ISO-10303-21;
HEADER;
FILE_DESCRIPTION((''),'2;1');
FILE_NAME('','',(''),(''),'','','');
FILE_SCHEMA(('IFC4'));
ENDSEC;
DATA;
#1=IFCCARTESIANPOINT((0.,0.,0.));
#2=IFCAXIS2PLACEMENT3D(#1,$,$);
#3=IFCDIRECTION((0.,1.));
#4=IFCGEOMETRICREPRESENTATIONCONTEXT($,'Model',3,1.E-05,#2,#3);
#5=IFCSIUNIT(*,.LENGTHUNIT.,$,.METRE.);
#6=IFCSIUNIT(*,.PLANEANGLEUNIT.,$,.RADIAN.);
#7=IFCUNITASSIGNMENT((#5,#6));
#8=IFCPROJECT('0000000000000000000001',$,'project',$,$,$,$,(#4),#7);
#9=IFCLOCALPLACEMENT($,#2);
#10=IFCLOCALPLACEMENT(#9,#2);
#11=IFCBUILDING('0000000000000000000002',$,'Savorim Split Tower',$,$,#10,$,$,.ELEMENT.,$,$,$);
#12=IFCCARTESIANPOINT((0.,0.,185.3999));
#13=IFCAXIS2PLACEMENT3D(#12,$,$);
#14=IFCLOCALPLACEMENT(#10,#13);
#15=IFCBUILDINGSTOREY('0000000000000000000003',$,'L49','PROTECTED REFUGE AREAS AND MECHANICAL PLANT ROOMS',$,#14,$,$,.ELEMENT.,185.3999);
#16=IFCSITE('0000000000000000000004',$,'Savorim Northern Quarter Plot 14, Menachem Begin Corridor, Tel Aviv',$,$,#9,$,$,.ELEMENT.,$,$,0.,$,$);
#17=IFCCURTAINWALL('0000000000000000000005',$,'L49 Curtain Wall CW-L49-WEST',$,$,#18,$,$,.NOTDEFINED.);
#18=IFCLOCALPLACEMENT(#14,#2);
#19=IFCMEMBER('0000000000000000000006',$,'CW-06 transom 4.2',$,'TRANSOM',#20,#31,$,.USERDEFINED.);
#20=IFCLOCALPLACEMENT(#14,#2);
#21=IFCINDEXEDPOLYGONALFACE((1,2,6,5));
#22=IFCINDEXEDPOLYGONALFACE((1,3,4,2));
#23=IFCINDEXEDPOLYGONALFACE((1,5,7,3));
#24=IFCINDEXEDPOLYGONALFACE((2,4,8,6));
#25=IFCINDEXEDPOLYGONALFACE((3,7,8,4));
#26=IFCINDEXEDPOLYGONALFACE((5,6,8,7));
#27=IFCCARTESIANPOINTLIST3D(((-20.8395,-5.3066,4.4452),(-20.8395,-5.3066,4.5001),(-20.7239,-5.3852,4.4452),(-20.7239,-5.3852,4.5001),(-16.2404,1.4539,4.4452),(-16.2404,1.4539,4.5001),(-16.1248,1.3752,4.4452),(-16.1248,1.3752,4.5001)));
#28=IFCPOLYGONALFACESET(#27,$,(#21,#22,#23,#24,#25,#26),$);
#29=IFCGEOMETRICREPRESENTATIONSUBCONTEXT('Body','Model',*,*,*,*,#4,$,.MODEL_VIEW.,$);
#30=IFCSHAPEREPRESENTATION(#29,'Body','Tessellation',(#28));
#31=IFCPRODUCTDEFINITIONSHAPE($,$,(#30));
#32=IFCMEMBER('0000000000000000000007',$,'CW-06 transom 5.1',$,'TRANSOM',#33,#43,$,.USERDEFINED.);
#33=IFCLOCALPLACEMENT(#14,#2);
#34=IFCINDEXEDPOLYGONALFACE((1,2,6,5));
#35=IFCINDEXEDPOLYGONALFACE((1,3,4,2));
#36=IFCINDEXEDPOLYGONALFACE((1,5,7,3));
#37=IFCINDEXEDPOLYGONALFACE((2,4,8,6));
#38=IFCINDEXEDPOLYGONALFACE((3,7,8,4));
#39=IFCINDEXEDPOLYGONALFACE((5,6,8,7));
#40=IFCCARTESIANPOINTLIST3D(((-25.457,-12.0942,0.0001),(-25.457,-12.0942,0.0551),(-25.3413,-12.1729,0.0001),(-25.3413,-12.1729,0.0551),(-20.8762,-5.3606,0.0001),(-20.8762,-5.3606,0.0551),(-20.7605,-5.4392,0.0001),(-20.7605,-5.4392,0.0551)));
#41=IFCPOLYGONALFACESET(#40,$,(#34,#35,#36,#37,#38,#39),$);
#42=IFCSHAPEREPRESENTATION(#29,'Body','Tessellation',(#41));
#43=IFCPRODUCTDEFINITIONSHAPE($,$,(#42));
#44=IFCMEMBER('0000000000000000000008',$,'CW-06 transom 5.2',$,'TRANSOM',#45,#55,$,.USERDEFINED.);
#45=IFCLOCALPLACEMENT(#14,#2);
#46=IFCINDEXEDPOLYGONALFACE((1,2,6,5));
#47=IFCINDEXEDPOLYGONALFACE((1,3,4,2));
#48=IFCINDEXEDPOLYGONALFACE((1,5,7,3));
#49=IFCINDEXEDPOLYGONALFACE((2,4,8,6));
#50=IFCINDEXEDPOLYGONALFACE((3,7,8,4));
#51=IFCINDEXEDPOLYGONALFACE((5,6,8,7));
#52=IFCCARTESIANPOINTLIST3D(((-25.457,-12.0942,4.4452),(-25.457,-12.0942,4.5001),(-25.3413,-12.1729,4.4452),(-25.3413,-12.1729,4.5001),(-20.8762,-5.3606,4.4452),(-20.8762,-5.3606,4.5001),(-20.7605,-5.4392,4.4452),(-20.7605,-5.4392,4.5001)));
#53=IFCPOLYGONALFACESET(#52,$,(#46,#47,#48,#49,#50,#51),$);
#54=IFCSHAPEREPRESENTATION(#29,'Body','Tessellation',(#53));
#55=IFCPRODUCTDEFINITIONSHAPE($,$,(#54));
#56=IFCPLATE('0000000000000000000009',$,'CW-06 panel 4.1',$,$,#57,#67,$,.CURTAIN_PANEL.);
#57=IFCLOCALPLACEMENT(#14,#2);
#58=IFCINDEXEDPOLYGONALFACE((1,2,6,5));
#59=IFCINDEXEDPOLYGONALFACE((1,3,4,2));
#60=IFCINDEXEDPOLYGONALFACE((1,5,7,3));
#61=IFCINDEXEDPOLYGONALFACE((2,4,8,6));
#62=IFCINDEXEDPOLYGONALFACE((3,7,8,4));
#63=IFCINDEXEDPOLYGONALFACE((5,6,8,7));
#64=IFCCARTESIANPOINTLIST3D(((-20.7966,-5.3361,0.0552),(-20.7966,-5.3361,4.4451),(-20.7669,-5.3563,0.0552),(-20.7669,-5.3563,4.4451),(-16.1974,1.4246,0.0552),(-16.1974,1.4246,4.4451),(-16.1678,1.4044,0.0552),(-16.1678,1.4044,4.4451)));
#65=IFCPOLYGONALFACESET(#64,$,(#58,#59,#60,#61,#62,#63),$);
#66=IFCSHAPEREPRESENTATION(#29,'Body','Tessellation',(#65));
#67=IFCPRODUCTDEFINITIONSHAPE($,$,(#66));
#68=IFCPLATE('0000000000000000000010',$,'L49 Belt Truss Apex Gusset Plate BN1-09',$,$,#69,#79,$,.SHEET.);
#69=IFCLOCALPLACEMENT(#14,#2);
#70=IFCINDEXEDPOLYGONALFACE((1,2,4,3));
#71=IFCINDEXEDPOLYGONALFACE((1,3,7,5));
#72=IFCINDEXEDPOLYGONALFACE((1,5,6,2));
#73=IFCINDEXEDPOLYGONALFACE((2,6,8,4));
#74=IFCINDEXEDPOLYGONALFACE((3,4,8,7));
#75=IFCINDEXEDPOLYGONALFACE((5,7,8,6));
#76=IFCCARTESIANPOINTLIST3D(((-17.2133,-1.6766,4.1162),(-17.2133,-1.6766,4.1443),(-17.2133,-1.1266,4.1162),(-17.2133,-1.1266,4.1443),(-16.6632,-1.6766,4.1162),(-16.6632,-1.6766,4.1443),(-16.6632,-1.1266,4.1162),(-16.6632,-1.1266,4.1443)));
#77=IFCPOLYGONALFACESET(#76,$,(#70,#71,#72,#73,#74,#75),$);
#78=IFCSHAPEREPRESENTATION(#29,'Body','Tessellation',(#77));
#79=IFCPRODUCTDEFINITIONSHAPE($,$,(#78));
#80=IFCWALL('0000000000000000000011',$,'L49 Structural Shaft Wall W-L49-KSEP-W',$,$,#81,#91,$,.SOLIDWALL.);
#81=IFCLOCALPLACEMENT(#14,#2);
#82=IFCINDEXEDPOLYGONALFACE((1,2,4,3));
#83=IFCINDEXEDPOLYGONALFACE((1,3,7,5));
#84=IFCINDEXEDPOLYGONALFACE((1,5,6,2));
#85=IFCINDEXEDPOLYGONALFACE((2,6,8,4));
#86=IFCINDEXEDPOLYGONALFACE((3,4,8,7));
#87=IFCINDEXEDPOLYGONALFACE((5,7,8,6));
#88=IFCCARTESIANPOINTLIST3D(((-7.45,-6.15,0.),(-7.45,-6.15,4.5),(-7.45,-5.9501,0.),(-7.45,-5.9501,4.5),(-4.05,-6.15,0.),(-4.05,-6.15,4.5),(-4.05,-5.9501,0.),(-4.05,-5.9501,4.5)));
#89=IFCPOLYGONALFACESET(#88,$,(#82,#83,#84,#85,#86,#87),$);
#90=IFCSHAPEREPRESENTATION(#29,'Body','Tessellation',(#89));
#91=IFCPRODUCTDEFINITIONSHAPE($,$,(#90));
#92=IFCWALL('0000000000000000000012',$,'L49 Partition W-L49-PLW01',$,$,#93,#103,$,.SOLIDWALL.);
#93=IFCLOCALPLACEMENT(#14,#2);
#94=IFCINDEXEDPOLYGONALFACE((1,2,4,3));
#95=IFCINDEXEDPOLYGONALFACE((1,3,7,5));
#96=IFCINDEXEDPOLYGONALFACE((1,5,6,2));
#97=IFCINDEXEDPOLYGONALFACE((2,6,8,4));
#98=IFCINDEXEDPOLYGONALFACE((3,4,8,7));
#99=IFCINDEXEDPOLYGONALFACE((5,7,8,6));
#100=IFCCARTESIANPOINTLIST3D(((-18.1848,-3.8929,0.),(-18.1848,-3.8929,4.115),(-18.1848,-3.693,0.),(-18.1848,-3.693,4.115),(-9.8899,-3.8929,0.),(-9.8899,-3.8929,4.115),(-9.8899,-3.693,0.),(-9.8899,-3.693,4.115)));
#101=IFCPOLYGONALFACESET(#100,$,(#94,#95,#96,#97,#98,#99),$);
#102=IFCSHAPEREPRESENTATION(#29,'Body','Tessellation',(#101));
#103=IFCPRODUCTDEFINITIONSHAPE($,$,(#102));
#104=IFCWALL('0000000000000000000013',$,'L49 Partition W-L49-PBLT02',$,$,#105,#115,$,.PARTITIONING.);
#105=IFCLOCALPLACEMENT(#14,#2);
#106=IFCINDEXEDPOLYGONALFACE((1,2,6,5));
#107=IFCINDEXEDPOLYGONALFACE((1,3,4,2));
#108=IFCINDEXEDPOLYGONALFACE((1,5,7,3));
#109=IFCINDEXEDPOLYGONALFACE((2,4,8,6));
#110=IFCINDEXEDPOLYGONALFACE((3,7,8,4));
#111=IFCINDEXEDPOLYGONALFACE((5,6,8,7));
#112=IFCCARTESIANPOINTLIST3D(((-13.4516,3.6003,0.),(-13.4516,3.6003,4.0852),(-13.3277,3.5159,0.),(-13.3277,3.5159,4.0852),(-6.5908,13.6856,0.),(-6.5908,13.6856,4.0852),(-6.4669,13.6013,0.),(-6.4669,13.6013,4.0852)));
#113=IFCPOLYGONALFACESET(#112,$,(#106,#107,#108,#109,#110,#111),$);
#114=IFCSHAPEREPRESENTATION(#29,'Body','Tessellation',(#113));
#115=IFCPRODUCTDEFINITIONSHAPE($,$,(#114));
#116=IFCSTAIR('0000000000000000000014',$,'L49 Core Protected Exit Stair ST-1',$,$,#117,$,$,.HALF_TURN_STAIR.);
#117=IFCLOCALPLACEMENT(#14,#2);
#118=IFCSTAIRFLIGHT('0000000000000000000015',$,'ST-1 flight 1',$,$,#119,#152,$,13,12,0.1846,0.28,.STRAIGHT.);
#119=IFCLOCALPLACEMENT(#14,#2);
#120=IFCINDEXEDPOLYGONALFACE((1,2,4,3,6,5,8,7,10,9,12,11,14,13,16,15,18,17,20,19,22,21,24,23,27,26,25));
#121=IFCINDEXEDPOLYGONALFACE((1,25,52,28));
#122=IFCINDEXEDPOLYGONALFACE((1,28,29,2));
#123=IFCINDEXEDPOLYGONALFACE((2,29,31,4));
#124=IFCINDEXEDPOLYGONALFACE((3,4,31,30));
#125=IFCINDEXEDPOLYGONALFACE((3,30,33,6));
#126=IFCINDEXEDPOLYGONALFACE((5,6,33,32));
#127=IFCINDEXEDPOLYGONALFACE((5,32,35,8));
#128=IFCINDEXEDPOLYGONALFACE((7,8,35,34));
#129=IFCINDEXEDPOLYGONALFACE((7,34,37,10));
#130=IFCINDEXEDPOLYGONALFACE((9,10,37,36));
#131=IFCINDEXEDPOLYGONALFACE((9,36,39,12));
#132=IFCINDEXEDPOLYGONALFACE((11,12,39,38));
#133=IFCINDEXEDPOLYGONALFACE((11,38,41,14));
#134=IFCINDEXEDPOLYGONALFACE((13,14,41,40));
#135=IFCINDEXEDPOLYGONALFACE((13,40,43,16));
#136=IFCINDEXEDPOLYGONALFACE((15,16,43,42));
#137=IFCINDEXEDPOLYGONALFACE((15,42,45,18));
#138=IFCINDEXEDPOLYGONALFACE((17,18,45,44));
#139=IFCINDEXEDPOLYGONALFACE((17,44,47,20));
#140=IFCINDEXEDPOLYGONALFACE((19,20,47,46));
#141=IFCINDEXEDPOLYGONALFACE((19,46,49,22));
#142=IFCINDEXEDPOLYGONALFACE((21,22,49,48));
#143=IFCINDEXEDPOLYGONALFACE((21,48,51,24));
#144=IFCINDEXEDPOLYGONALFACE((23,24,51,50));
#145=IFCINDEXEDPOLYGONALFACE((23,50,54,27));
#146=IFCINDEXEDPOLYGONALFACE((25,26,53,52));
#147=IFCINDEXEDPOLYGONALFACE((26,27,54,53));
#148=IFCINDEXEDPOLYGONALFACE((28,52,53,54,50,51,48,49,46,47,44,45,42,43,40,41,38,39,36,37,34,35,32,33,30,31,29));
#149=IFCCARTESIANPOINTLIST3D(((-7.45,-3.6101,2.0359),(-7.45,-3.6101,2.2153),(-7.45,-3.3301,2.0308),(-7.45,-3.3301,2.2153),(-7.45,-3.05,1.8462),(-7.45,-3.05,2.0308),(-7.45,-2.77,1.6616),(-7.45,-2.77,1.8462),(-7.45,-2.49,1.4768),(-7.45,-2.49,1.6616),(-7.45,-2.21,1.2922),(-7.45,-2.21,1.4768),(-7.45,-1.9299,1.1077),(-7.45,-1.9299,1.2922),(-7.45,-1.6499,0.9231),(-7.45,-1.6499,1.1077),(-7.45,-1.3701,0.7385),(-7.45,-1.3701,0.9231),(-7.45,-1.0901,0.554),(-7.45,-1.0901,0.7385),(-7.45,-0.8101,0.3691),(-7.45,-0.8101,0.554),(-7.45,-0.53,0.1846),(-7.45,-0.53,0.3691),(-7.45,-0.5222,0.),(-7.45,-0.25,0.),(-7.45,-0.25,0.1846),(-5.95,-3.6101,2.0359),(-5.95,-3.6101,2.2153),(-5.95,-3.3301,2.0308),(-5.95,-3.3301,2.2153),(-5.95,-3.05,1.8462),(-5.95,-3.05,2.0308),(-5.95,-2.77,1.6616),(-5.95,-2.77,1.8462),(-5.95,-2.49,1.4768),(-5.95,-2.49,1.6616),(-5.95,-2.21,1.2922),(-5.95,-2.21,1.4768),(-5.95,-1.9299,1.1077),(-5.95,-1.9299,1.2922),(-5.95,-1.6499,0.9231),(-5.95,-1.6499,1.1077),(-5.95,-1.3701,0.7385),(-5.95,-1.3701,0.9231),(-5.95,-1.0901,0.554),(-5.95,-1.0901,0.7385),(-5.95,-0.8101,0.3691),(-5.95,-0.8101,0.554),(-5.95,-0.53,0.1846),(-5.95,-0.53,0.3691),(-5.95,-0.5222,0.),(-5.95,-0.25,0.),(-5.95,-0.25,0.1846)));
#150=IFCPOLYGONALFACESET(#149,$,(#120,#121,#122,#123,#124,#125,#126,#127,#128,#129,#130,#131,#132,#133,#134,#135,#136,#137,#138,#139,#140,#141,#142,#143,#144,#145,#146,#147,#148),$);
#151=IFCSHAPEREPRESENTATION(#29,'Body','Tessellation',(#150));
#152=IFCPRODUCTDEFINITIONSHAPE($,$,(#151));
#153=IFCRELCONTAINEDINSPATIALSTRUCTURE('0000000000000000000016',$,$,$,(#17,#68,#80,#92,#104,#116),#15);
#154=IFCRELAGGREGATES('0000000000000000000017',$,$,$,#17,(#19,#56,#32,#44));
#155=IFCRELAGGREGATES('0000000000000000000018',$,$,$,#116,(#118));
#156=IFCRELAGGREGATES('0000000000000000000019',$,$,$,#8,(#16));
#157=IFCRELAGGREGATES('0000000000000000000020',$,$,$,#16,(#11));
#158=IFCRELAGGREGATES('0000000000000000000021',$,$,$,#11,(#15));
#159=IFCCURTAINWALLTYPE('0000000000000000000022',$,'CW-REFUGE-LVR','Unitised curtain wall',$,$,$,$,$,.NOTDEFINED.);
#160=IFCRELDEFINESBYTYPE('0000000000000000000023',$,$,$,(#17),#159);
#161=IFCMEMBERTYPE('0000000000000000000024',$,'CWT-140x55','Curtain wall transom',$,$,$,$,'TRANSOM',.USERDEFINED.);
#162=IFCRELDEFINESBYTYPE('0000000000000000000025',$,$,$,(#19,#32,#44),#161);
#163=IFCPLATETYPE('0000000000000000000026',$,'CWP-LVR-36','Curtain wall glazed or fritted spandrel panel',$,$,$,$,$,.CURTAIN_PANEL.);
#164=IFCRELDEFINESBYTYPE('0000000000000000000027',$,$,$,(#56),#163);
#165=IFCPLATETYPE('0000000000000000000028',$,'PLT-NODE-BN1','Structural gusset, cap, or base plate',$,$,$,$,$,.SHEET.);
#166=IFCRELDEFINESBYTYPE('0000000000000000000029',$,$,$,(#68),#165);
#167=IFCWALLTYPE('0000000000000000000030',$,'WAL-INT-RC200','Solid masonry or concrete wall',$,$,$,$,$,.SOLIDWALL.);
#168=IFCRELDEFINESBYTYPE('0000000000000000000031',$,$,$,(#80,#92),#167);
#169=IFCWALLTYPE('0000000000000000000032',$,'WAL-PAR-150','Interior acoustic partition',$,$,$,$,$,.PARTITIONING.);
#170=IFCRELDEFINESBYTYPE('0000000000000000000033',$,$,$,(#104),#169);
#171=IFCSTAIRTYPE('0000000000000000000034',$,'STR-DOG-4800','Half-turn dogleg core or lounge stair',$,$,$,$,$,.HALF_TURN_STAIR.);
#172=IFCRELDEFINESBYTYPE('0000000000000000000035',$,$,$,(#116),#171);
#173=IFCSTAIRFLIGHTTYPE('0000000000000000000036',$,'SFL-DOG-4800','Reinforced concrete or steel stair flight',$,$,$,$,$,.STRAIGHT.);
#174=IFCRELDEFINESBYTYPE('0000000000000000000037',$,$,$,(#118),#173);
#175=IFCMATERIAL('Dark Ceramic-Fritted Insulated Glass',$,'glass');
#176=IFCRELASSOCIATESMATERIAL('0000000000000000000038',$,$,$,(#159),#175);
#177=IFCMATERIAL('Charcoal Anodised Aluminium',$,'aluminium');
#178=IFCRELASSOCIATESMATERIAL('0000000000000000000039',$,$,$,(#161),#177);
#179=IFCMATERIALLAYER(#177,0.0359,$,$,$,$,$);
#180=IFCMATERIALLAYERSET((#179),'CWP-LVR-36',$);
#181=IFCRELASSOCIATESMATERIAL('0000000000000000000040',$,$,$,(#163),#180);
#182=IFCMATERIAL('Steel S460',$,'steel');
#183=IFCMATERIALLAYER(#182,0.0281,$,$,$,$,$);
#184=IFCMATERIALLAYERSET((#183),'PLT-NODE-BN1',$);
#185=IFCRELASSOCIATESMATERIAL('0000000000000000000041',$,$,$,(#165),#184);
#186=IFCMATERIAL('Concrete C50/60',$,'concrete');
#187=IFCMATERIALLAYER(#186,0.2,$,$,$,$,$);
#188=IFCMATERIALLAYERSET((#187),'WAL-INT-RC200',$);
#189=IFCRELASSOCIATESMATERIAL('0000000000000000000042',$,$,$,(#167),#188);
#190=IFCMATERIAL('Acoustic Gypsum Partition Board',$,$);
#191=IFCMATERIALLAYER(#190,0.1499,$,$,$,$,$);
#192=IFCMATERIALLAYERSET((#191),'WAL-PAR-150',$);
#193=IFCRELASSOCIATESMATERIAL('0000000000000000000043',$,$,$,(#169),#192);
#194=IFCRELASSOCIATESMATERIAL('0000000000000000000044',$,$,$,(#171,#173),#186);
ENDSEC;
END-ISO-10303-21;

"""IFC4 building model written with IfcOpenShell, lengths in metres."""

from ifc_helpers import new_model, si_unit, direction, frame, frame_2d, origin, origin_2d, place, context, subcontext, project, spatial, polyline, rectangle, outline, extrude, material, layer, layer_set, material_profile, profile_set, type_object, element, aggregate, save


model = new_model("IFC4")

# Units and contexts
model_context = context("Model", 3, precision=1e-05, world=origin(), true_north=direction((0.0, 1.0)))
body_context = subcontext(model_context, "Body", "Model", "MODEL_VIEW")
ifc_project = project(units=[si_unit("LENGTHUNIT", "METRE"), si_unit("PLANEANGLEUNIT", "RADIAN")], contexts=[model_context])

# Site, building, storey
site_placement = place(None, origin())
site = spatial("IfcSite", under=ifc_project, at=site_placement, Name="Savorim Northern Quarter Plot 14, Menachem Begin Corridor, Tel Aviv", CompositionType="ELEMENT", RefElevation=0.0)
building_placement = place(site_placement, origin())
building = spatial("IfcBuilding", under=site, at=building_placement, Name="Savorim Split Tower", CompositionType="ELEMENT")
storey_placement = place(building_placement, frame((0.0, 0.0, 185.3999)))
storey = spatial("IfcBuildingStorey", under=building, at=storey_placement, Name="L49", Description="PROTECTED REFUGE AREAS AND MECHANICAL PLANT ROOMS", CompositionType="ELEMENT", Elevation=185.3999)

# Shared definitions
ifc_material_1 = material(Name="Steel S460", Category="steel")

# Curtain wall, members, plate
ifc_material_2 = material(Name="Dark Ceramic-Fritted Insulated Glass", Category="glass")
curtain_wall_type = type_object("IfcCurtainWallType", Name="CW-REFUGE-LVR", Description="Unitised curtain wall", PredefinedType="NOTDEFINED", material=ifc_material_2)
curtain_wall_placement = place(storey_placement, origin())
curtain_wall = element("IfcCurtainWall", 1, at=curtain_wall_placement, inside=storey, type_object=curtain_wall_type, Name="L49 Curtain Wall CW-L49-WEST", PredefinedType="NOTDEFINED")
ifc_material_3 = material(Name="Charcoal Anodised Aluminium", Category="aluminium")
ifc_material_profile_1 = material_profile(ifc_material_3, rectangle(XDim=0.1399, YDim=0.0549, at=origin_2d()), Name="ALU-T 140x55")
ifc_profile_set_1 = profile_set([ifc_material_profile_1], Name="Charcoal Anodised Aluminium")
member_type_1 = type_object("IfcMemberType", Name="CWT-140x55", Description="Curtain wall transom", ElementType="TRANSOM", PredefinedType="USERDEFINED", material=ifc_profile_set_1)
member_1_placement = place(storey_placement, frame((-16.1826, 1.4146, 4.4727), z_axis=(-0.562476, -0.826814, 0.0), x_axis=(0.826814, -0.562476, 0.0)))
member_1 = element("IfcMember", 2, at=member_1_placement, type_object=member_type_1, Name="CW-06 transom 4.2", ObjectType="TRANSOM", PredefinedType="USERDEFINED", context=body_context, shape_type="SweptSolid", body=[
    extrude(rectangle(XDim=0.1399, YDim=0.0549, at=origin_2d()), origin(), (0.0, 0.0, 1.0), 8.1765),
])
member_2_placement = place(storey_placement, frame((-20.8184, -5.3999, 0.0276), z_axis=(-0.562472, -0.826816, 0.0), x_axis=(0.826816, -0.562472, 0.0)))
member_2 = element("IfcMember", 3, at=member_2_placement, type_object=member_type_1, Name="CW-06 transom 5.1", ObjectType="TRANSOM", PredefinedType="USERDEFINED", context=body_context, shape_type="SweptSolid", body=[
    extrude(rectangle(XDim=0.1399, YDim=0.0549, at=origin_2d()), origin(), (0.0, 0.0, 1.0), 8.144),
])
member_3_placement = place(storey_placement, frame((-20.8184, -5.3999, 4.4727), z_axis=(-0.562472, -0.826816, 0.0), x_axis=(0.826816, -0.562472, 0.0)))
member_3 = element("IfcMember", 4, at=member_3_placement, type_object=member_type_1, Name="CW-06 transom 5.2", ObjectType="TRANSOM", PredefinedType="USERDEFINED", context=body_context, shape_type="SweptSolid", body=[
    extrude(rectangle(XDim=0.1399, YDim=0.0549, at=origin_2d()), origin(), (0.0, 0.0, 1.0), 8.144),
])
ifc_layer_1 = layer(ifc_material_3, 0.0359)
ifc_layer_set_1 = layer_set([ifc_layer_1], Name="CWP-LVR-36")
plate_type_1 = type_object("IfcPlateType", Name="CWP-LVR-36", Description="Curtain wall glazed or fritted spandrel panel", PredefinedType="CURTAIN_PANEL", material=ifc_layer_set_1)
plate_1_placement = place(storey_placement, frame((-18.4822, -1.9658, 0.0552), z_axis=(0.0, 0.0, 1.0), x_axis=(-0.562466, -0.82682, 0.0)))
plate_1 = element("IfcPlate", 5, at=plate_1_placement, type_object=plate_type_1, Name="CW-06 panel 4.1", PredefinedType="CURTAIN_PANEL", context=body_context, shape_type="SweptSolid", body=[
    extrude(rectangle(XDim=8.1768, YDim=0.0359, at=origin_2d()), origin(), (0.0, 0.0, 1.0), 4.3899),
])
aggregate(curtain_wall, [member_1, plate_1, member_2, member_3])

# Plate
ifc_layer_2 = layer(ifc_material_1, 0.0281)
ifc_layer_set_2 = layer_set([ifc_layer_2], Name="PLT-NODE-BN1")
plate_type_2 = type_object("IfcPlateType", Name="PLT-NODE-BN1", Description="Structural gusset, cap, or base plate", PredefinedType="SHEET", material=ifc_layer_set_2)
plate_2_placement = place(storey_placement, frame((-16.9382, -1.4016, 4.1162), z_axis=(0.0, 0.0, 1.0), x_axis=(1.0, 0.0, 0.0)))
element("IfcPlate", 6, at=plate_2_placement, inside=storey, type_object=plate_type_2, Name="L49 Belt Truss Apex Gusset Plate BN1-09", PredefinedType="SHEET", context=body_context, shape_type="SweptSolid", body=[
    extrude(rectangle(XDim=0.55, YDim=0.55, at=origin_2d()), origin(), (0.0, 0.0, 1.0), 0.0281),
])

# Shared definitions
ifc_material_4 = material(Name="Concrete C50/60", Category="concrete")
ifc_layer_3 = layer(ifc_material_4, 0.2)
ifc_layer_set_3 = layer_set([ifc_layer_3], Name="WAL-INT-RC200")
wall_type_1 = type_object("IfcWallType", Name="WAL-INT-RC200", Description="Solid masonry or concrete wall", PredefinedType="SOLIDWALL", material=ifc_layer_set_3)

# Walls
wall_1_placement = place(storey_placement, frame((-7.45, -6.05, 0.0), z_axis=(0.0, 0.0, 1.0), x_axis=(1.0, 0.0, 0.0)))
element("IfcWall", 7, at=wall_1_placement, inside=storey, type_object=wall_type_1, Name="L49 Structural Shaft Wall W-L49-KSEP-W", PredefinedType="SOLIDWALL", context=body_context, shape_type="SweptSolid", body=[
    extrude(rectangle(XDim=3.3999, YDim=0.2, at=frame_2d((1.7, 0.0))), origin(), (0.0, 0.0, 1.0), 4.5),
])
wall_2_placement = place(storey_placement, frame((-9.8899, -3.793, 0.0), z_axis=(0.0, 0.0, 1.0), x_axis=(-1.0, 0.0, 0.0)))
element("IfcWall", 8, at=wall_2_placement, inside=storey, type_object=wall_type_1, Name="L49 Partition W-L49-PLW01", PredefinedType="SOLIDWALL", context=body_context, shape_type="SweptSolid", body=[
    extrude(rectangle(XDim=8.2949, YDim=0.2, at=frame_2d((4.1475, 0.0))), origin(), (0.0, 0.0, 1.0), 4.115),
])
ifc_material_5 = material(Name="Acoustic Gypsum Partition Board")
ifc_layer_4 = layer(ifc_material_5, 0.1499)
ifc_layer_set_4 = layer_set([ifc_layer_4], Name="WAL-PAR-150")
wall_type_2 = type_object("IfcWallType", Name="WAL-PAR-150", Description="Interior acoustic partition", PredefinedType="PARTITIONING", material=ifc_layer_set_4)
wall_3_placement = place(storey_placement, frame((-13.3896, 3.5581, 0.0), z_axis=(0.0, 0.0, 1.0), x_axis=(0.562463, 0.826822, 0.0)))
element("IfcWall", 9, at=wall_3_placement, inside=storey, type_object=wall_type_2, Name="L49 Partition W-L49-PBLT02", PredefinedType="PARTITIONING", context=body_context, shape_type="SweptSolid", body=[
    extrude(rectangle(XDim=12.1978, YDim=0.1499, at=frame_2d((6.0989, 0.0))), origin(), (0.0, 0.0, 1.0), 4.0852),
])

# Stair, stair flight
stair_type = type_object("IfcStairType", Name="STR-DOG-4800", Description="Half-turn dogleg core or lounge stair", PredefinedType="HALF_TURN_STAIR", material=ifc_material_4)
stair_placement = place(storey_placement, origin())
stair = element("IfcStair", 10, at=stair_placement, inside=storey, type_object=stair_type, Name="L49 Core Protected Exit Stair ST-1", PredefinedType="HALF_TURN_STAIR")
stair_flight_type = type_object("IfcStairFlightType", Name="SFL-DOG-4800", Description="Reinforced concrete or steel stair flight", PredefinedType="STRAIGHT", material=ifc_material_4)
stair_flight_1_placement = place(storey_placement, frame((-6.7, -0.25, 0.0), z_axis=(0.0, 0.0, 1.0), x_axis=(0.0, -1.0, 0.0)))
stair_flight_1 = element("IfcStairFlight", 11, at=stair_flight_1_placement, type_object=stair_flight_type, Name="ST-1 flight 1", NumberOfRisers=13, NumberOfTreads=12, PredefinedType="STRAIGHT", RiserHeight=0.1846, TreadLength=0.28, context=body_context, shape_type="SweptSolid", body=[
    extrude(outline(polyline([(0.0, 0.0), (0.0, 0.1846), (0.28, 0.1846), (0.28, 0.3691), (0.5601, 0.3691), (0.5601, 0.554), (0.8401, 0.554), (0.8401, 0.7385), (1.1201, 0.7385), (1.1201, 0.9231), (1.3999, 0.9231), (1.3999, 1.1077), (1.6799, 1.1077), (1.6799, 1.2922), (1.96, 1.2922), (1.96, 1.4768), (2.24, 1.4768), (2.24, 1.6616), (2.52, 1.6616), (2.52, 1.8462), (2.8, 1.8462), (2.8, 2.0308), (3.0801, 2.0308), (3.0801, 2.2153), (3.3601, 2.2153), (3.3601, 2.3999), (3.3601, 2.0359), (0.2722, 0.0), (0.0, 0.0)])), frame((0.0, 0.75, 0.0), z_axis=(0.0, -1.0, 0.0), x_axis=(1.0, 0.0, 0.0)), (0.0, 0.0, 1.0), 1.5),
])
aggregate(stair, [stair_flight_1])

save(model, "model.ifc")
